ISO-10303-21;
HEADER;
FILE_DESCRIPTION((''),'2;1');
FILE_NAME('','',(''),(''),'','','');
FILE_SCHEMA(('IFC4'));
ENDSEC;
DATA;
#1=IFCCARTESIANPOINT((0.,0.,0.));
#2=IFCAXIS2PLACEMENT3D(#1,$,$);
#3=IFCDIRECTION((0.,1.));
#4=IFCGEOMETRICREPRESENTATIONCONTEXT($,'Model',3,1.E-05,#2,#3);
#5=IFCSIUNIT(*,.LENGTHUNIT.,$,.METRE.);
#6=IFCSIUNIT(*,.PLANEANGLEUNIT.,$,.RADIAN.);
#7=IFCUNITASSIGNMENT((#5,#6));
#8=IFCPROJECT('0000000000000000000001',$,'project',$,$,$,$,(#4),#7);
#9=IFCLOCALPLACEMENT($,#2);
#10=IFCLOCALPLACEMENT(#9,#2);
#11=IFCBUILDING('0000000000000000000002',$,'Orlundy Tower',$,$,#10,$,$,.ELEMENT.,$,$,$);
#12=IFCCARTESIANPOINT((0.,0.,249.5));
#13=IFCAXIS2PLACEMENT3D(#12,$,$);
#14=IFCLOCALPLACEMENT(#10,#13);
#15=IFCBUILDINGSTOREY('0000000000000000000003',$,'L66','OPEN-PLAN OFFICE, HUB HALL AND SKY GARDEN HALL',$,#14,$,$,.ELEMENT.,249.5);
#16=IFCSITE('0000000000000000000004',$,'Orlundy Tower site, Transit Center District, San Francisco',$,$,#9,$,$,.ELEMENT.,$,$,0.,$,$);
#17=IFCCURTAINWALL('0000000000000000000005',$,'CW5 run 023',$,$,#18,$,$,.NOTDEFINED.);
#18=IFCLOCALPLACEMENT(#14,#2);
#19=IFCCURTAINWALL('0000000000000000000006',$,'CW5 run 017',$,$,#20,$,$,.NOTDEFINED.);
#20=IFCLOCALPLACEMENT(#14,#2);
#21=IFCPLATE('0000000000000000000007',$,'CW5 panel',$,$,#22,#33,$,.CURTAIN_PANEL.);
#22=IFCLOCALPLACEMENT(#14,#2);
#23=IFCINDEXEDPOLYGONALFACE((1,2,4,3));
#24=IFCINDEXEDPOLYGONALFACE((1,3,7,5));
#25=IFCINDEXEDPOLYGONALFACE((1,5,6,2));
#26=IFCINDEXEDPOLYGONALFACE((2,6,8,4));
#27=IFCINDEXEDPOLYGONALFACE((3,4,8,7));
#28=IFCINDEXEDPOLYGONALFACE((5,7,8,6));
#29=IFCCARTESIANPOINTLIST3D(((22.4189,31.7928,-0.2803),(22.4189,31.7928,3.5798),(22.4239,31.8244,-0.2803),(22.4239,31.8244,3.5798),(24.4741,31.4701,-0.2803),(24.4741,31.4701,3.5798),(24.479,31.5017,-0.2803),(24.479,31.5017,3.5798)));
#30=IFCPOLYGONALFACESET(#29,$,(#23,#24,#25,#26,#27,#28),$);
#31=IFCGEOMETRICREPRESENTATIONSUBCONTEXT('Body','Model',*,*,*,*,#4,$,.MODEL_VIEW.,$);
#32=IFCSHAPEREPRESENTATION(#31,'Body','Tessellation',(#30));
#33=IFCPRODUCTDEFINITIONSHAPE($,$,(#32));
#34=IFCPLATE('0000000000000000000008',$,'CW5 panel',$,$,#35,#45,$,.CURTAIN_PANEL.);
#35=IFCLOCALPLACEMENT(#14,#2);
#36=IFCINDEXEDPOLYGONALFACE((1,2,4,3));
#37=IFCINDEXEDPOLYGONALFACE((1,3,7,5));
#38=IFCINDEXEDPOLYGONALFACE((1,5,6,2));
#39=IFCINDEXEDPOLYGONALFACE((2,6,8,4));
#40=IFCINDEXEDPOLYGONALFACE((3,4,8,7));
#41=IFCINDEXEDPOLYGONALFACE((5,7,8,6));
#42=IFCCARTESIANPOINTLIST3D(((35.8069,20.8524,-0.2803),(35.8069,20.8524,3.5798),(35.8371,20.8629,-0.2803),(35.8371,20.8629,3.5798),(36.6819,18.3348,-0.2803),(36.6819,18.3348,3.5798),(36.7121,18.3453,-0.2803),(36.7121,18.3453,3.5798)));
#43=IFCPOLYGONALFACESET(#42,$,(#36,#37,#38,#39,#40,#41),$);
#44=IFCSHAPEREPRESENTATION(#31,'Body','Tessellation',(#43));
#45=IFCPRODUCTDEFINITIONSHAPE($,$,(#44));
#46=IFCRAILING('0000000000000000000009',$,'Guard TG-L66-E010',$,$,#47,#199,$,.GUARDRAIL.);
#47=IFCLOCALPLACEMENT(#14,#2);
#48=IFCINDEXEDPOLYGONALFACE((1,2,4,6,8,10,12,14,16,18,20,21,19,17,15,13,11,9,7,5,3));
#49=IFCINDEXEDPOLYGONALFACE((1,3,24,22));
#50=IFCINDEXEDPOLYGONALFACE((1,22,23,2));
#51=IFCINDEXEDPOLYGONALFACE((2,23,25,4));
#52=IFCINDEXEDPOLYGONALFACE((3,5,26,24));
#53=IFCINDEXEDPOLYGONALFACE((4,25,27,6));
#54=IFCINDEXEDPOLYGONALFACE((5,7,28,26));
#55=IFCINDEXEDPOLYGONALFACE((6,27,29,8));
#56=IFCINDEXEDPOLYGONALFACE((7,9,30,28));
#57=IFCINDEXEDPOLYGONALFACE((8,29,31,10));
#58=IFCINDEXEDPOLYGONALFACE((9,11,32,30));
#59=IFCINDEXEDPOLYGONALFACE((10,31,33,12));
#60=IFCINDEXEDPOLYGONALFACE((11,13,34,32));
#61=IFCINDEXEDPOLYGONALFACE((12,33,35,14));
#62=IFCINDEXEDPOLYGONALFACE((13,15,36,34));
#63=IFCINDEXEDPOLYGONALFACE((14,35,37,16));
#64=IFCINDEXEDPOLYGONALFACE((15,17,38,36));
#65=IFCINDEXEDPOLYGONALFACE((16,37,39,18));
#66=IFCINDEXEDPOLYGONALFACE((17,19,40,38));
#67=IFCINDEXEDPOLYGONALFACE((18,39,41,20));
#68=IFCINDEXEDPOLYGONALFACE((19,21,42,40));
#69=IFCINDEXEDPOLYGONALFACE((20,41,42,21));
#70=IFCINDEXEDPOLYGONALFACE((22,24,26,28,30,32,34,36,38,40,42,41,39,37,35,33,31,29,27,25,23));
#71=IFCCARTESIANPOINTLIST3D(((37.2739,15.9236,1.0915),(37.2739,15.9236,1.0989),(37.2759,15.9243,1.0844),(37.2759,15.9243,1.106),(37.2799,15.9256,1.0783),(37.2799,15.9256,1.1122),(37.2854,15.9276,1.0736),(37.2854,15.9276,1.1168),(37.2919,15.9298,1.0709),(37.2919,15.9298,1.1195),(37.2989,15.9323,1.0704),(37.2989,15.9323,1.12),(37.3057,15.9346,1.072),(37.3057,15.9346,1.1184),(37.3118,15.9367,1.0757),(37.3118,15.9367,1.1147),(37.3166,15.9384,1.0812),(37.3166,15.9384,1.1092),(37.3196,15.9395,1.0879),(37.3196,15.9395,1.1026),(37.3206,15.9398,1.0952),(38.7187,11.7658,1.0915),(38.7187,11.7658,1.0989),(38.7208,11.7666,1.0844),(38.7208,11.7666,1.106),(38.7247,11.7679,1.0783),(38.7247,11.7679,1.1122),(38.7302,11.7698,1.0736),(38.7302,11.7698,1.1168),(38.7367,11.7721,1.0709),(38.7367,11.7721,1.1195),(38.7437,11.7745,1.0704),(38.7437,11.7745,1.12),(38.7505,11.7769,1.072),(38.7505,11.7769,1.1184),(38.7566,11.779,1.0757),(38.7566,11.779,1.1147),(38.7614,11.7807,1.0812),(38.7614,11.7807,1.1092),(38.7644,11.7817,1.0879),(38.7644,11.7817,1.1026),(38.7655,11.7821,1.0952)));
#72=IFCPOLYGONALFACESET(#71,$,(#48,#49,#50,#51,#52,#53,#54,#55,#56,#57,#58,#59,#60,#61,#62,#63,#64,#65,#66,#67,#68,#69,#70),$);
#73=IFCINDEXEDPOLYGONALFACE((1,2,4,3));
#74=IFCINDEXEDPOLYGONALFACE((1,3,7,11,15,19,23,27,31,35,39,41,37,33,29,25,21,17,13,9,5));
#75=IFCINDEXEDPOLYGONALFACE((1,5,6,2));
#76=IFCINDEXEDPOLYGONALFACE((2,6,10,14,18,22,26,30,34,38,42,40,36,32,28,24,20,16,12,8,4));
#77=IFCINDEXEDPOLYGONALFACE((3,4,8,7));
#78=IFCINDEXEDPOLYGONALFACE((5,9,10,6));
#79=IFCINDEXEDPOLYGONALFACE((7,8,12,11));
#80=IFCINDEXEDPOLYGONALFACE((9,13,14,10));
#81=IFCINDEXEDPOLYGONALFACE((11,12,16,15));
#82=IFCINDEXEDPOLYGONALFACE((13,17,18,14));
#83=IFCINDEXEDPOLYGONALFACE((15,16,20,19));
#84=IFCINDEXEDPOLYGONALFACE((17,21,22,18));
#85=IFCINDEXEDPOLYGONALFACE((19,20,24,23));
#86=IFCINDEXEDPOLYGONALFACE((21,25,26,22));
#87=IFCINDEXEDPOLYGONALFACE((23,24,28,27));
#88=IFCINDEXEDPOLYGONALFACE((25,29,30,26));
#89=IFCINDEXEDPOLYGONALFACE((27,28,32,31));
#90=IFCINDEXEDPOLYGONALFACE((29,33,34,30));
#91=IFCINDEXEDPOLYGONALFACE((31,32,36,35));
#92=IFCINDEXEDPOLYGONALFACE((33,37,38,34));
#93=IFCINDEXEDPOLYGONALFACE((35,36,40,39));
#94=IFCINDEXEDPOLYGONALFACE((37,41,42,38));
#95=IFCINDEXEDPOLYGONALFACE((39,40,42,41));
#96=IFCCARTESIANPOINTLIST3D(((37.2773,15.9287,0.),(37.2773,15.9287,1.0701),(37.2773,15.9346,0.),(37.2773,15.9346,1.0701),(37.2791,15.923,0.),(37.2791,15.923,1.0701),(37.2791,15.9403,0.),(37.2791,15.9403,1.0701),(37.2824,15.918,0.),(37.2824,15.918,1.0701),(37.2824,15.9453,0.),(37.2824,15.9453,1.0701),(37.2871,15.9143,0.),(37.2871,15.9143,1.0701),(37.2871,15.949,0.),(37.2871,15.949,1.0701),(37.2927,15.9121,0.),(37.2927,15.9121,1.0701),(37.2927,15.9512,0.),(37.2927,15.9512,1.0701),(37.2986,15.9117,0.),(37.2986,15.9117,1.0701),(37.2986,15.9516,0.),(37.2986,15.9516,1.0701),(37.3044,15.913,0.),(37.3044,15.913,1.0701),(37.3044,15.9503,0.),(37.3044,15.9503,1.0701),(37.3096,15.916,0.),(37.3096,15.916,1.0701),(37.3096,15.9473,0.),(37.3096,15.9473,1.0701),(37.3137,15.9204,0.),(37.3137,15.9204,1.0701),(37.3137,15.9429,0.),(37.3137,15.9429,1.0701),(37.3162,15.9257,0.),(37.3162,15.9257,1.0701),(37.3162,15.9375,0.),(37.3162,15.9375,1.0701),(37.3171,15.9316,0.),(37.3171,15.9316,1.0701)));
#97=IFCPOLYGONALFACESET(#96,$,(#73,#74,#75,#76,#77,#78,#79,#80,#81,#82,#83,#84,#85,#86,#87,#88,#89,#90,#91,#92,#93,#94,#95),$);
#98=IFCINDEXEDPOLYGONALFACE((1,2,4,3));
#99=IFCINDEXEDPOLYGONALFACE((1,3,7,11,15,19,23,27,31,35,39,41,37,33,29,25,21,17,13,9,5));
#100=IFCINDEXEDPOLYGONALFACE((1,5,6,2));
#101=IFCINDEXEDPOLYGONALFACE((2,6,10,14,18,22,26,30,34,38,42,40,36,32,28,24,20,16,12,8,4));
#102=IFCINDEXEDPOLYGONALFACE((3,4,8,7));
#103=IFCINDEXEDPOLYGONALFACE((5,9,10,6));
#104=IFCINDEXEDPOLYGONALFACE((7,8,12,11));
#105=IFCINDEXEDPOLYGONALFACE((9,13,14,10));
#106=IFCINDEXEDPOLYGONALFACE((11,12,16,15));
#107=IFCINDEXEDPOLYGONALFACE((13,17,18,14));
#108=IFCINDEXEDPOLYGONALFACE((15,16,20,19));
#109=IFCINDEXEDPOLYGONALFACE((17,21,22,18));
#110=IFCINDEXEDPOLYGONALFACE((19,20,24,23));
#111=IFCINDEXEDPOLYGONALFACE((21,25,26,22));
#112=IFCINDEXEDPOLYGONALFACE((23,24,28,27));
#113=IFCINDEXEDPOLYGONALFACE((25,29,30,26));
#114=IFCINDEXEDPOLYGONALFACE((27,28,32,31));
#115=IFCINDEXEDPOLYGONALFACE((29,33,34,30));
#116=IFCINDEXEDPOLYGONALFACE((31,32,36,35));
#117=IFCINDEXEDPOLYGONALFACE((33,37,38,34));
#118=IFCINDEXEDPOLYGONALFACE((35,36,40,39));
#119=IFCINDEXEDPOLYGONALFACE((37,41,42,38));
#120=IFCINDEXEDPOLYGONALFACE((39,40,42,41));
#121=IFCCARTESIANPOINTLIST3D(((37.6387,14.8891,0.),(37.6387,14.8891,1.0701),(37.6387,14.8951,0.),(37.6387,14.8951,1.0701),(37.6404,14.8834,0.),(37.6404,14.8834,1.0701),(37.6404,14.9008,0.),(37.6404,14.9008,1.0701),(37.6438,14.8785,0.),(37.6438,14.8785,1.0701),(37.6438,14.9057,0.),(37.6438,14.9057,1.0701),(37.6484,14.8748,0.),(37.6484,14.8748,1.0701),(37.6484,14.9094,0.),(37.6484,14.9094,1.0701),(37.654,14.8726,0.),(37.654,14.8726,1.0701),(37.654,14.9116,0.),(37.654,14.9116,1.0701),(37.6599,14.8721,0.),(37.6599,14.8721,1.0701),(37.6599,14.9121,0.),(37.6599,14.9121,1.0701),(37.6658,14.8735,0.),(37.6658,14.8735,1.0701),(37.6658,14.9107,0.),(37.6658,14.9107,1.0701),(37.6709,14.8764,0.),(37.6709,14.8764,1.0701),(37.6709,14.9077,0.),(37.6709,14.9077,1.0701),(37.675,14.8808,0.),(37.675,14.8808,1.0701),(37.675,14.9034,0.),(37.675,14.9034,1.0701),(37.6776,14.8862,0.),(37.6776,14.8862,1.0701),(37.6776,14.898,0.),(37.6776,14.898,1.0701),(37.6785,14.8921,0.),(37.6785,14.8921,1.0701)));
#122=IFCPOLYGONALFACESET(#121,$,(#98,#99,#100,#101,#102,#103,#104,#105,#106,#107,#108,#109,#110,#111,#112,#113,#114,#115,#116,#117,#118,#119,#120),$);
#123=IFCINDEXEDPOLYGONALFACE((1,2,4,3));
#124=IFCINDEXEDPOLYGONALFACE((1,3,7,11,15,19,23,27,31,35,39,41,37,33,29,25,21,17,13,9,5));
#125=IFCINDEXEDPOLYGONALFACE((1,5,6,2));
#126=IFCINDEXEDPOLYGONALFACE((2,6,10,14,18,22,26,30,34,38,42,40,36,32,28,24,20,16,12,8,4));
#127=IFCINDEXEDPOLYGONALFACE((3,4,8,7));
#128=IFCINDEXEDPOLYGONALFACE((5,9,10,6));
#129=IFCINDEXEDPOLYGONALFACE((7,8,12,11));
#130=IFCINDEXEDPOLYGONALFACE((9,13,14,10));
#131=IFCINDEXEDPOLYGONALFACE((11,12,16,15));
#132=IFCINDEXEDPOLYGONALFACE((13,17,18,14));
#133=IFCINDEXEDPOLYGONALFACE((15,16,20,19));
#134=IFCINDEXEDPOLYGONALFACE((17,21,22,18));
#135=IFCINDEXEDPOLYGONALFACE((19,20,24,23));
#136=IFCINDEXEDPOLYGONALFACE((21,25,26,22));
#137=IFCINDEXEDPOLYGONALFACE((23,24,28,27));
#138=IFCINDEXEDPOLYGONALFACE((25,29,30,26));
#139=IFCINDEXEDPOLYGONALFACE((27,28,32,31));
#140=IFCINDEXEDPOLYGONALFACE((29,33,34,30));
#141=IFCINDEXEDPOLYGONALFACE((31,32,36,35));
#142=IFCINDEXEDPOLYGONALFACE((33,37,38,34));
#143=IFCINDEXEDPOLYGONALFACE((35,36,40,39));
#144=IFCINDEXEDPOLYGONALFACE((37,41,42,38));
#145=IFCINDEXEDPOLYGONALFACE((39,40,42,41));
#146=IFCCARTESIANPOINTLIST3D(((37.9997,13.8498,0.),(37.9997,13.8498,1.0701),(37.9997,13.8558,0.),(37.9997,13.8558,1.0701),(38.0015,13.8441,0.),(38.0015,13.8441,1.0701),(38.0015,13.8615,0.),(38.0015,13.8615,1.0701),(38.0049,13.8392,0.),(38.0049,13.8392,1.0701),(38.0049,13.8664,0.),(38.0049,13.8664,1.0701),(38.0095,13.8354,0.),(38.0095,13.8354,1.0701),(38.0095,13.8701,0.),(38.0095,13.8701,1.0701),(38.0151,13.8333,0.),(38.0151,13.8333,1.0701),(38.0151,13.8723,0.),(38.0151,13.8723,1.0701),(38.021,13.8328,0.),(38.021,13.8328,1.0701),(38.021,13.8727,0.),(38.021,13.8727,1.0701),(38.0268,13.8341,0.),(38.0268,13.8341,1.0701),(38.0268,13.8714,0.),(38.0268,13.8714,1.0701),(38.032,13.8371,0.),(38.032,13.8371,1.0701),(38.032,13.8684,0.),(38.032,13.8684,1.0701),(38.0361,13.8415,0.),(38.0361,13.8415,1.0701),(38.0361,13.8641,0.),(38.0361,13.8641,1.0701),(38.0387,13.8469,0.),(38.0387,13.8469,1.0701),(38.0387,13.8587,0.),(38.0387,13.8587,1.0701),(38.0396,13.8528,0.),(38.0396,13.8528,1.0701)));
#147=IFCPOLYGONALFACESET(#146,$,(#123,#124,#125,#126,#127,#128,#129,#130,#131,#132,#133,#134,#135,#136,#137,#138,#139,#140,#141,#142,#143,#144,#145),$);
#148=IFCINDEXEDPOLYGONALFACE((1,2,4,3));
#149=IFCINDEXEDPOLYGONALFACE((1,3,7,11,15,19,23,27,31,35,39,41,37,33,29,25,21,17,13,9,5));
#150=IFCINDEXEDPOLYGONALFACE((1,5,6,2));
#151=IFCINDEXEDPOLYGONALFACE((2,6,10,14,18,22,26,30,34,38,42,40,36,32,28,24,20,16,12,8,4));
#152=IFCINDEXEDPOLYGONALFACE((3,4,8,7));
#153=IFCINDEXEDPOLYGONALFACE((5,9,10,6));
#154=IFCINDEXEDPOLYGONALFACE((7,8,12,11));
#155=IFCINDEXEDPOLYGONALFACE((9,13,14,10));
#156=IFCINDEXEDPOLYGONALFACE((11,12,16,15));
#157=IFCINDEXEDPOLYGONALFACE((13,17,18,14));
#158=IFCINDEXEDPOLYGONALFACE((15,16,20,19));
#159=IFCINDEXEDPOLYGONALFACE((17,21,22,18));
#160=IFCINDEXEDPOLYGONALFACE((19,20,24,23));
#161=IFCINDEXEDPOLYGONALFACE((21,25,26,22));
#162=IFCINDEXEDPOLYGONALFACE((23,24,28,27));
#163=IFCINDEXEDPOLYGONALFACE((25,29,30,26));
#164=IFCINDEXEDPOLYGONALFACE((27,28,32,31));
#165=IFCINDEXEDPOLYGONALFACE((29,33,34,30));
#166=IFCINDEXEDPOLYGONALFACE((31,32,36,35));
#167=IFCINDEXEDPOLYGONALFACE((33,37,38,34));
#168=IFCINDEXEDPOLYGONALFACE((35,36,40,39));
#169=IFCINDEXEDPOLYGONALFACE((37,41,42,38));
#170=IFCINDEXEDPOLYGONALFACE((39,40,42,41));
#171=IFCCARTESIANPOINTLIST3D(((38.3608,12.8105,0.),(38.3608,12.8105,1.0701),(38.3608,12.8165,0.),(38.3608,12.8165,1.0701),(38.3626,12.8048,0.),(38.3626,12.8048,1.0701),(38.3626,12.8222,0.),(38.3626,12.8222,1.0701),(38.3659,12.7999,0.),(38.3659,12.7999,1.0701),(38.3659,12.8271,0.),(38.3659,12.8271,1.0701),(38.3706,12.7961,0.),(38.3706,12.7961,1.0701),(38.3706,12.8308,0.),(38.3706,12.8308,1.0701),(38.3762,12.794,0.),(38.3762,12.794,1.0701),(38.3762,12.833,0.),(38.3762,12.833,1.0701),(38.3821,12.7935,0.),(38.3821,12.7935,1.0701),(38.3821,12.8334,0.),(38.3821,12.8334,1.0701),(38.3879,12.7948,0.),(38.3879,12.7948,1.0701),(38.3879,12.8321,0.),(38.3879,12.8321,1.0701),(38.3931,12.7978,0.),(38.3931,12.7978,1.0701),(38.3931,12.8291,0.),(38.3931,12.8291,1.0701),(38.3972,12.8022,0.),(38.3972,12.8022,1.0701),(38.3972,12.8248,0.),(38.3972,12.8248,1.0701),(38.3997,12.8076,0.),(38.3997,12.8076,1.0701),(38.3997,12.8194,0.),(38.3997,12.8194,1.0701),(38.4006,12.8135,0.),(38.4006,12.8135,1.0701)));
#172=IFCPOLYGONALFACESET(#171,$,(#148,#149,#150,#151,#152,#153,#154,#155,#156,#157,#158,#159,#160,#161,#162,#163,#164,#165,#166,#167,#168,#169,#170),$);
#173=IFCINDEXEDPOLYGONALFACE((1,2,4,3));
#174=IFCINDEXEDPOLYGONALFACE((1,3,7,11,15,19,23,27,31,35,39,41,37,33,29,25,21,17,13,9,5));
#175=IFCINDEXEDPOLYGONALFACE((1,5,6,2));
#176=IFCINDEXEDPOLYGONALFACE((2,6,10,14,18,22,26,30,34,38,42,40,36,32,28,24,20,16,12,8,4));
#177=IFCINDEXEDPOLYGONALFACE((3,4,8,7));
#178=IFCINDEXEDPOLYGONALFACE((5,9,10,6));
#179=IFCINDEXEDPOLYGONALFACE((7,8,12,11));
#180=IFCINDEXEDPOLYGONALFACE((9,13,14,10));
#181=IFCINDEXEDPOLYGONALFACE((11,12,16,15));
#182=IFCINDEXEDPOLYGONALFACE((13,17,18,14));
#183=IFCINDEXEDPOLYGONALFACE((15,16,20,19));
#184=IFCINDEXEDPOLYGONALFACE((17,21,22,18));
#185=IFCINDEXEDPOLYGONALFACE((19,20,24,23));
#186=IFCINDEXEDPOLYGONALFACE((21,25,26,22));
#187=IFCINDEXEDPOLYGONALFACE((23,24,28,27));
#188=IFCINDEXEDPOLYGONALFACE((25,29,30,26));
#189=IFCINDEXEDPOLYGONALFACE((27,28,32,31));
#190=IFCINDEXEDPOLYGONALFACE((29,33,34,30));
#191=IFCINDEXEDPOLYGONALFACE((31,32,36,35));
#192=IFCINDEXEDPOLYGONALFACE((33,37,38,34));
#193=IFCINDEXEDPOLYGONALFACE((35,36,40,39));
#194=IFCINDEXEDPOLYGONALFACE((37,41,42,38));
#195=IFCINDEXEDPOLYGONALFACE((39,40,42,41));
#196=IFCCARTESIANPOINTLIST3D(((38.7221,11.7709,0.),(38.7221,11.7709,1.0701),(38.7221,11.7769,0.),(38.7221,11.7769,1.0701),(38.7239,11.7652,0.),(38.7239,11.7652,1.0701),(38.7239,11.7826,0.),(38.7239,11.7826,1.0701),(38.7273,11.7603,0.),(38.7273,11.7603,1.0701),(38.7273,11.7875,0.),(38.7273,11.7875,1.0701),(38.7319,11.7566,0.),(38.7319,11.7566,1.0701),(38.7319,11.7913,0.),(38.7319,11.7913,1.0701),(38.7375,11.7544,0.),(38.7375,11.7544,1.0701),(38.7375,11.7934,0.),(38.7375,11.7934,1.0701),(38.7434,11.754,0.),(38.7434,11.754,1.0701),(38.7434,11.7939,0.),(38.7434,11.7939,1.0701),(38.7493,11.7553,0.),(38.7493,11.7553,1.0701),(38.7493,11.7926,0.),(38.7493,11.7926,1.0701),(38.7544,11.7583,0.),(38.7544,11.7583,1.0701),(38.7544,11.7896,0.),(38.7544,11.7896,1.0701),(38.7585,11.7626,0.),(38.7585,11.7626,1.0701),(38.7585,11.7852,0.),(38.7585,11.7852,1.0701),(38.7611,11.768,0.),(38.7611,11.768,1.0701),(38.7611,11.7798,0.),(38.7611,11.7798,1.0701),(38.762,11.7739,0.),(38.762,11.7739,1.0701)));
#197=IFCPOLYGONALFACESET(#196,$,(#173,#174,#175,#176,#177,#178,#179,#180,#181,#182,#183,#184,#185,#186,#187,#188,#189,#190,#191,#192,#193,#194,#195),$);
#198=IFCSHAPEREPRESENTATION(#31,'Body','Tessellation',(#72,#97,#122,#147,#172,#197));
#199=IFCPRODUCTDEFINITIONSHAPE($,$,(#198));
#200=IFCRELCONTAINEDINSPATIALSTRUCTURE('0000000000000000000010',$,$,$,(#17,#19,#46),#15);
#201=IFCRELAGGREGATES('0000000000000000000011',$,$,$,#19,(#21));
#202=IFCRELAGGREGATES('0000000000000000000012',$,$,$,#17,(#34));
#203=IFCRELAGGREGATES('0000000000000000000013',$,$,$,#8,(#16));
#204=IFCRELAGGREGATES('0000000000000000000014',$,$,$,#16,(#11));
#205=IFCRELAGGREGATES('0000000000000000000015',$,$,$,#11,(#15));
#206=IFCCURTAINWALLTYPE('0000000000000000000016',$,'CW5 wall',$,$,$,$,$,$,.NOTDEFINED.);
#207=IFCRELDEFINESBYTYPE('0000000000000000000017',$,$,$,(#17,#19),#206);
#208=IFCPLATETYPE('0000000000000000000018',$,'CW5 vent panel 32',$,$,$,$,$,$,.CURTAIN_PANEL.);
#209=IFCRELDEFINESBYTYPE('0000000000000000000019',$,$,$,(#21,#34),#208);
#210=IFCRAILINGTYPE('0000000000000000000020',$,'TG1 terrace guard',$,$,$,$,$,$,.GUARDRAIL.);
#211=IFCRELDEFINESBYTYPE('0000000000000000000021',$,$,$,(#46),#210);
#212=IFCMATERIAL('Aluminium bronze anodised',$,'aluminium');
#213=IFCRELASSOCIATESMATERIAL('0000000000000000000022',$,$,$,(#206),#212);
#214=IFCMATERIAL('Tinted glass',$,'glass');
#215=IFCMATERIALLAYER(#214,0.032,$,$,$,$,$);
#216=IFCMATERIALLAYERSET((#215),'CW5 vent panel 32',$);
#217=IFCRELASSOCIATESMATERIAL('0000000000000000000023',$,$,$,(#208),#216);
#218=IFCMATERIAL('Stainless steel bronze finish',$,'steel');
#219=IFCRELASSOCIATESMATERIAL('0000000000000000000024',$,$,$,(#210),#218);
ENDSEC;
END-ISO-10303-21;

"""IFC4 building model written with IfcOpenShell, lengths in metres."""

from ifc_helpers import new_model, si_unit, direction, frame, origin, origin_2d, place, context, subcontext, project, spatial, rectangle, circle, extrude, material, layer, layer_set, type_object, element, aggregate, save


model = new_model("IFC4")

# Units and contexts
model_context = context("Model", 3, precision=1e-05, world=origin(), true_north=direction((0.0, 1.0)))
body_context = subcontext(model_context, "Body", "Model", "MODEL_VIEW")
ifc_project = project(units=[si_unit("LENGTHUNIT", "METRE"), si_unit("PLANEANGLEUNIT", "RADIAN")], contexts=[model_context])

# Site, building, storey
site_placement = place(None, origin())
site = spatial("IfcSite", under=ifc_project, at=site_placement, Name="Orlundy Tower site, Transit Center District, San Francisco", CompositionType="ELEMENT", RefElevation=0.0)
building_placement = place(site_placement, origin())
building = spatial("IfcBuilding", under=site, at=building_placement, Name="Orlundy Tower", CompositionType="ELEMENT")
storey_placement = place(building_placement, frame((0.0, 0.0, 249.5)))
storey = spatial("IfcBuildingStorey", under=building, at=storey_placement, Name="L66", Description="OPEN-PLAN OFFICE, HUB HALL AND SKY GARDEN HALL", CompositionType="ELEMENT", Elevation=249.5)

# Curtain wall
ifc_material_1 = material(Name="Aluminium bronze anodised", Category="aluminium")
curtain_wall_type = type_object("IfcCurtainWallType", Name="CW5 wall", PredefinedType="NOTDEFINED", material=ifc_material_1)
curtain_wall_1_placement = place(storey_placement, origin())
curtain_wall_1 = element("IfcCurtainWall", 1, at=curtain_wall_1_placement, inside=storey, type_object=curtain_wall_type, Name="CW5 run 023", PredefinedType="NOTDEFINED")

# Curtain wall, plate
curtain_wall_2_placement = place(storey_placement, origin())
curtain_wall_2 = element("IfcCurtainWall", 2, at=curtain_wall_2_placement, inside=storey, type_object=curtain_wall_type, Name="CW5 run 017", PredefinedType="NOTDEFINED")
ifc_material_2 = material(Name="Tinted glass", Category="glass")
ifc_layer_1 = layer(ifc_material_2, 0.032)
ifc_layer_set_1 = layer_set([ifc_layer_1], Name="CW5 vent panel 32")
plate_type_1 = type_object("IfcPlateType", Name="CW5 vent panel 32", PredefinedType="CURTAIN_PANEL", material=ifc_layer_set_1)
plate_1_placement = place(storey_placement, frame((23.449, 31.6472, -0.2803), z_axis=(0.0, 0.0, 1.0), x_axis=(0.987896, -0.155117, 0.0)))
plate_1 = element("IfcPlate", 3, at=plate_1_placement, type_object=plate_type_1, Name="CW5 panel", PredefinedType="CURTAIN_PANEL", context=body_context, shape_type="SweptSolid", body=[
    extrude(rectangle(XDim=2.0803, YDim=0.032, at=origin_2d()), origin(), (0.0, 0.0, 1.0), 3.8601),
])
aggregate(curtain_wall_2, [plate_1])

# Plate
plate_2_placement = place(storey_placement, frame((36.2595, 19.5989, -0.2803), z_axis=(0.0, 0.0, 1.0), x_axis=(0.328288, -0.944578, 0.0)))
plate_2 = element("IfcPlate", 4, at=plate_2_placement, type_object=plate_type_1, Name="CW5 panel", PredefinedType="CURTAIN_PANEL", context=body_context, shape_type="SweptSolid", body=[
    extrude(rectangle(XDim=2.6653, YDim=0.032, at=origin_2d()), origin(), (0.0, 0.0, 1.0), 3.8601),
])
aggregate(curtain_wall_1, [plate_2])

# Railing
ifc_material_3 = material(Name="Stainless steel bronze finish", Category="steel")
railing_type = type_object("IfcRailingType", Name="TG1 terrace guard", PredefinedType="GUARDRAIL", material=ifc_material_3)
railing_1_placement = place(storey_placement, frame((37.2971, 15.9316, 0.0)))
element("IfcRailing", 5, at=railing_1_placement, inside=storey, type_object=railing_type, Name="Guard TG-L66-E010", PredefinedType="GUARDRAIL", context=body_context, shape_type="SweptSolid", body=[
    extrude(circle(Radius=0.0249, at=origin_2d()), frame((0.0, 0.0, 1.0952), z_axis=(0.32825, -0.944591, 0.0), x_axis=(0.944591, 0.32825, 0.0)), (0.0, 0.0, 1.0), 4.4016),
    extrude(circle(Radius=0.02, at=origin_2d()), origin(), (0.0, 0.0, 1.0), 1.0701),
    extrude(circle(Radius=0.02, at=origin_2d()), frame((0.3613, -1.0396, 0.0)), (0.0, 0.0, 1.0), 1.0701),
    extrude(circle(Radius=0.02, at=origin_2d()), frame((0.7224, -2.0789, 0.0)), (0.0, 0.0, 1.0), 1.0701),
    extrude(circle(Radius=0.02, at=origin_2d()), frame((1.0835, -3.1182, 0.0)), (0.0, 0.0, 1.0), 1.0701),
    extrude(circle(Radius=0.02, at=origin_2d()), frame((1.4448, -4.1577, 0.0)), (0.0, 0.0, 1.0), 1.0701),
])

save(model, "model.ifc")
